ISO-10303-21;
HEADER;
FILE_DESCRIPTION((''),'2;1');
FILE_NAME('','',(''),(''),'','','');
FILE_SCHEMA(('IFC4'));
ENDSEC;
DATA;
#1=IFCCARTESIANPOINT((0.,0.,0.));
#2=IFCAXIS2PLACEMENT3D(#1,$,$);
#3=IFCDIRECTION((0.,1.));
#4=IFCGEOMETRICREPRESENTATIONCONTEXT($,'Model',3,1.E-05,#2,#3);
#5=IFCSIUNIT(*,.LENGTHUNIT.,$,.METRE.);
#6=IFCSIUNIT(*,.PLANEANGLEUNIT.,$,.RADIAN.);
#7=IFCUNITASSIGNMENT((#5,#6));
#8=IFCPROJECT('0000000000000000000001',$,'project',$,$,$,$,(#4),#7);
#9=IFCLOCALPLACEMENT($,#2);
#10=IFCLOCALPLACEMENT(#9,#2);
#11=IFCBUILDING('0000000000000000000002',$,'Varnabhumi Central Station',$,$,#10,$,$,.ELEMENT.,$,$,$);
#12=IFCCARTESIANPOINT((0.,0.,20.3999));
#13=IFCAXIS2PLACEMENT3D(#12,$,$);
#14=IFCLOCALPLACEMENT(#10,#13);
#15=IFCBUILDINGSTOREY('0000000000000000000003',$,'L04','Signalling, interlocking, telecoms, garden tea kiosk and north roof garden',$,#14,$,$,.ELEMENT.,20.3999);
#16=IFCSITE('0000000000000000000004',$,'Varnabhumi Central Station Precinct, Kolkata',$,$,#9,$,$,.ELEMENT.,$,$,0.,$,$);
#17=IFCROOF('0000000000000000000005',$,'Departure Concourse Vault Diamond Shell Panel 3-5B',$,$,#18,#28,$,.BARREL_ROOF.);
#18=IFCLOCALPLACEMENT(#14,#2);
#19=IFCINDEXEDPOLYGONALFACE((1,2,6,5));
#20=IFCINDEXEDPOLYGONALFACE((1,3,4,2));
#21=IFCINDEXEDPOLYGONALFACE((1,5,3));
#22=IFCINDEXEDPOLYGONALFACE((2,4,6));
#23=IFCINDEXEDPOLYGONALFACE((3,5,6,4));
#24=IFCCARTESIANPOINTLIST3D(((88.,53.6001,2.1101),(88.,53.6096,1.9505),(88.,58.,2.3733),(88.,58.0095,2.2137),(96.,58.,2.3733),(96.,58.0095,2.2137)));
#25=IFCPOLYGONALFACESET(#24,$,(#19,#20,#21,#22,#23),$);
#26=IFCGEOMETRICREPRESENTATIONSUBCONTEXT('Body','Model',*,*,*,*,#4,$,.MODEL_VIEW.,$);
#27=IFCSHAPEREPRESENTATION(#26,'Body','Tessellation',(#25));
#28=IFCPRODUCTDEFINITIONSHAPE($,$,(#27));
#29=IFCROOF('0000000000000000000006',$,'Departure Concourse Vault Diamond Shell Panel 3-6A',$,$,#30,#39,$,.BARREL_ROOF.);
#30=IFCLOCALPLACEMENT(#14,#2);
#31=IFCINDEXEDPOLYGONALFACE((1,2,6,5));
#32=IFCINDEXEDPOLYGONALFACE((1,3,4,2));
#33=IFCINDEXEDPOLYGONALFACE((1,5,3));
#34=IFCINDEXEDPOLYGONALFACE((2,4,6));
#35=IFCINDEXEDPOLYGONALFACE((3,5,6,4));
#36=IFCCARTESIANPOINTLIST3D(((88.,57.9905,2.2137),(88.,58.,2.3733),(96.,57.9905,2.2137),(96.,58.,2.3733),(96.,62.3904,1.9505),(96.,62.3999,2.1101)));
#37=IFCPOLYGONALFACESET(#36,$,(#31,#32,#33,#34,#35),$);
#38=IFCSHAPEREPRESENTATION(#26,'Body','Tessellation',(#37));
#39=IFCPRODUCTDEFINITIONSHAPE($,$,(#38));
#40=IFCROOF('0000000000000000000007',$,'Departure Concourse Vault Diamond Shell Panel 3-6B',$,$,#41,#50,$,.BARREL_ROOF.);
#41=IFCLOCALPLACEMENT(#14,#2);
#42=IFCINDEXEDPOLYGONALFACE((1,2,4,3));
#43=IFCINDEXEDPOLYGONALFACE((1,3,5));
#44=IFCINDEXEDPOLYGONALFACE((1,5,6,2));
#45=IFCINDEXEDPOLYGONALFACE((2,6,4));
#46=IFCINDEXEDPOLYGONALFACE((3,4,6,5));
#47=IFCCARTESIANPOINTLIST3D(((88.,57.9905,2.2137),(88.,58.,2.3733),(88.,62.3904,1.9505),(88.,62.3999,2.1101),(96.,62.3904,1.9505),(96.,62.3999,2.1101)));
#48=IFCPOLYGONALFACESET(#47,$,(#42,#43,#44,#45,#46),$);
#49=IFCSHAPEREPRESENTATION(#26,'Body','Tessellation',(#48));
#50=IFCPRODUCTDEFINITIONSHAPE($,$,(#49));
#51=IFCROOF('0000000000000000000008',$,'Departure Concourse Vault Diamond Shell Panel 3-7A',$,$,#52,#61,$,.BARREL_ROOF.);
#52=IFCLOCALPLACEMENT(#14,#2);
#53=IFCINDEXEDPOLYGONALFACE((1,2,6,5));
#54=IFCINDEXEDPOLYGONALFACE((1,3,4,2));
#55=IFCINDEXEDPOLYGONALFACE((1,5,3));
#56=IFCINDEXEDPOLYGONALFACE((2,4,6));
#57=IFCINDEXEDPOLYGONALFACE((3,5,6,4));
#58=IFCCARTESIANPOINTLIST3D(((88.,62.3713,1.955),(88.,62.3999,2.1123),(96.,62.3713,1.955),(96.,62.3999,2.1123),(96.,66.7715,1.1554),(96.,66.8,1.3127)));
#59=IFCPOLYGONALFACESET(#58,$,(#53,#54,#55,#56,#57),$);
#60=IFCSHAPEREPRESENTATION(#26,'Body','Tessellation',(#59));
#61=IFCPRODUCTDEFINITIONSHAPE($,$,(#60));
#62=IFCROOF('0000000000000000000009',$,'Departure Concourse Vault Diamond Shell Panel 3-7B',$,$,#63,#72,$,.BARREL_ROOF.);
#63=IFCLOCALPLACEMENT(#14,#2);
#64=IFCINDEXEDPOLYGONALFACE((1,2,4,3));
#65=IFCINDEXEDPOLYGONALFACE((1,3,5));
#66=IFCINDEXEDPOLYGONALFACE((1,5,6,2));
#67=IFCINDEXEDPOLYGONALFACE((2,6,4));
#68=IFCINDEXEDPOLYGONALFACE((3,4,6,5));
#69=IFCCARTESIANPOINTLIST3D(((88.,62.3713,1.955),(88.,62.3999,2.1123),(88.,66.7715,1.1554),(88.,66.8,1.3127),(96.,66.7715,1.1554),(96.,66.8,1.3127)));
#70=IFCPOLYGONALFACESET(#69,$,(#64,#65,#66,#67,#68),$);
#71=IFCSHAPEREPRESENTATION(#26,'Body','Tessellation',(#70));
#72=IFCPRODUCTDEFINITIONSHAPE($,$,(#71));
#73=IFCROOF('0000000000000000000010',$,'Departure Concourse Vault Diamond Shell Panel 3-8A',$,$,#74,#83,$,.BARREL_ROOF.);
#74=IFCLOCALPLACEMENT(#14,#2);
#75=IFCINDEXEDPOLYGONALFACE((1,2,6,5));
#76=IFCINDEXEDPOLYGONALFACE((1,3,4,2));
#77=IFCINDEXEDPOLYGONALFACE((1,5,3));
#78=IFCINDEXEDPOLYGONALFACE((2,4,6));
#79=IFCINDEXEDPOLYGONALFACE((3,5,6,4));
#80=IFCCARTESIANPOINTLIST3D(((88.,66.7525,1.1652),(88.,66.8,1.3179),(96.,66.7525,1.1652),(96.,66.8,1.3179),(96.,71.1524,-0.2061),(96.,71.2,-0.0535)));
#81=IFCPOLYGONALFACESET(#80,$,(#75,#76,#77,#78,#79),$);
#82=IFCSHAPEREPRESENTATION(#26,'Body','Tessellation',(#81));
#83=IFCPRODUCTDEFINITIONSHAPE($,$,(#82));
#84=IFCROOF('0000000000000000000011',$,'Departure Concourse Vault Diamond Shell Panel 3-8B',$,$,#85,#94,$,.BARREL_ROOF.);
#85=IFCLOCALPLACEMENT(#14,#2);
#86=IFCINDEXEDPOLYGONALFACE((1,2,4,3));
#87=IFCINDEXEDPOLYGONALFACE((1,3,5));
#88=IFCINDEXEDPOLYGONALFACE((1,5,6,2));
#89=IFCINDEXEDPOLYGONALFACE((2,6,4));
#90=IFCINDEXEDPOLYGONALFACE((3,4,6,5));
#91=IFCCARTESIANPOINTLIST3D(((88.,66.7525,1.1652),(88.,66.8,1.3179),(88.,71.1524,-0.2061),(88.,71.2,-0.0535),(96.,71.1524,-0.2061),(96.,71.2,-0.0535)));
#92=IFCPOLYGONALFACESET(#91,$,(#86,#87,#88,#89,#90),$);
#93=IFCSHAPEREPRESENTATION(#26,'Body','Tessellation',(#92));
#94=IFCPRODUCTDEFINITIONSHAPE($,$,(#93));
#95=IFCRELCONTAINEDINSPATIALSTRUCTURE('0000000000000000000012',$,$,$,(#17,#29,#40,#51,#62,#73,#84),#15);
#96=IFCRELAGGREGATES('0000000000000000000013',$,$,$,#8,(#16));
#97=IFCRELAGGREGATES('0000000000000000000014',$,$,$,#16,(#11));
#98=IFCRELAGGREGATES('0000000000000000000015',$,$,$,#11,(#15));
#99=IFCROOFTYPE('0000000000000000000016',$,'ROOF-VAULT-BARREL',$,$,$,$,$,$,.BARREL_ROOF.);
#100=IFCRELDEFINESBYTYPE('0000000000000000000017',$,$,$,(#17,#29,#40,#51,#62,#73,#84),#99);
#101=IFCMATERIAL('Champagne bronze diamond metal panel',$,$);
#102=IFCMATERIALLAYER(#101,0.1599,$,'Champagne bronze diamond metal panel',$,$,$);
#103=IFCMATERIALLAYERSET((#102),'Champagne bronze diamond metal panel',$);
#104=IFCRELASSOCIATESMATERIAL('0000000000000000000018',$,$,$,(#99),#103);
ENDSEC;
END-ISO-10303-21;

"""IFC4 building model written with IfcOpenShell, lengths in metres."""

from ifc_helpers import new_model, si_unit, direction, frame, origin, place, context, subcontext, project, spatial, polyline, outline, extrude, material, layer, layer_set, type_object, element, save


model = new_model("IFC4")

# Units and contexts
model_context = context("Model", 3, precision=1e-05, world=origin(), true_north=direction((0.0, 1.0)))
body_context = subcontext(model_context, "Body", "Model", "MODEL_VIEW")
ifc_project = project(units=[si_unit("LENGTHUNIT", "METRE"), si_unit("PLANEANGLEUNIT", "RADIAN")], contexts=[model_context])

# Site, building, storey
site_placement = place(None, origin())
site = spatial("IfcSite", under=ifc_project, at=site_placement, Name="Varnabhumi Central Station Precinct, Kolkata", CompositionType="ELEMENT", RefElevation=0.0)
building_placement = place(site_placement, origin())
building = spatial("IfcBuilding", under=site, at=building_placement, Name="Varnabhumi Central Station", CompositionType="ELEMENT")
storey_placement = place(building_placement, frame((0.0, 0.0, 20.3999)))
storey = spatial("IfcBuildingStorey", under=building, at=storey_placement, Name="L04", Description="Signalling, interlocking, telecoms, garden tea kiosk and north roof garden", CompositionType="ELEMENT", Elevation=20.3999)

# Roofs
ifc_material_1 = material(Name="Champagne bronze diamond metal panel")
ifc_layer_1 = layer(ifc_material_1, 0.1599, Name="Champagne bronze diamond metal panel")
ifc_layer_set_1 = layer_set([ifc_layer_1], Name="Champagne bronze diamond metal panel")
roof_type_1 = type_object("IfcRoofType", Name="ROOF-VAULT-BARREL", PredefinedType="BARREL_ROOF", material=ifc_layer_set_1)
roof_1_placement = place(storey_placement, frame((88.0, 53.6001, 2.1101), z_axis=(0.0, -0.059709, 0.998216), x_axis=(0.875857, 0.48171, 0.028814)))
element("IfcRoof", 1, at=roof_1_placement, inside=storey, type_object=roof_type_1, Name="Departure Concourse Vault Diamond Shell Panel 3-5B", PredefinedType="BARREL_ROOF", context=body_context, shape_type="SweptSolid", body=[
    extrude(outline(polyline([(0.0, 0.0), (9.1339, 0.0), (2.1271, 3.8606), (0.0, 0.0)])), origin(), (0.0, 0.0, -1.0), 0.1599),
])
roof_2_placement = place(storey_placement, frame((88.0, 58.0, 2.3733), z_axis=(0.0, 0.059709, 0.998216), x_axis=(1.0, 0.0, 0.0)))
element("IfcRoof", 2, at=roof_2_placement, inside=storey, type_object=roof_type_1, Name="Departure Concourse Vault Diamond Shell Panel 3-6A", PredefinedType="BARREL_ROOF", context=body_context, shape_type="SweptSolid", body=[
    extrude(outline(polyline([(0.0, 0.0), (8.0, 0.0), (8.0, 4.4078), (0.0, 0.0)])), origin(), (0.0, 0.0, -1.0), 0.1599),
])
roof_3_placement = place(storey_placement, frame((88.0, 58.0, 2.3733), z_axis=(0.0, 0.059709, 0.998216), x_axis=(0.875857, 0.48171, -0.028814)))
element("IfcRoof", 3, at=roof_3_placement, inside=storey, type_object=roof_type_1, Name="Departure Concourse Vault Diamond Shell Panel 3-6B", PredefinedType="BARREL_ROOF", context=body_context, shape_type="SweptSolid", body=[
    extrude(outline(polyline([(0.0, 0.0), (9.1339, 0.0), (2.1271, 3.8606), (0.0, 0.0)])), origin(), (0.0, 0.0, -1.0), 0.1599),
])
roof_4_placement = place(storey_placement, frame((88.0, 62.3999, 2.1123), z_axis=(0.0, 0.178785, 0.983888), x_axis=(1.0, 0.0, 0.0)))
element("IfcRoof", 4, at=roof_4_placement, inside=storey, type_object=roof_type_1, Name="Departure Concourse Vault Diamond Shell Panel 3-7A", PredefinedType="BARREL_ROOF", context=body_context, shape_type="SweptSolid", body=[
    extrude(outline(polyline([(0.0, 0.0), (8.0, 0.0), (8.0, 4.4722), (0.0, 0.0)])), origin(), (0.0, 0.0, -1.0), 0.1599),
])
roof_5_placement = place(storey_placement, frame((88.0, 62.3999, 2.1123), z_axis=(0.0, 0.178785, 0.983888), x_axis=(0.872869, 0.480094, -0.087239)))
element("IfcRoof", 5, at=roof_5_placement, inside=storey, type_object=roof_type_1, Name="Departure Concourse Vault Diamond Shell Panel 3-7B", PredefinedType="BARREL_ROOF", context=body_context, shape_type="SweptSolid", body=[
    extrude(outline(polyline([(0.0, 0.0), (9.1652, 0.0), (2.1822, 3.9036), (0.0, 0.0)])), origin(), (0.0, 0.0, -1.0), 0.1599),
])
roof_6_placement = place(storey_placement, frame((88.0, 66.8, 1.3179), z_axis=(0.0, 0.297557, 0.954704), x_axis=(1.0, 0.0, 0.0)))
element("IfcRoof", 6, at=roof_6_placement, inside=storey, type_object=roof_type_1, Name="Departure Concourse Vault Diamond Shell Panel 3-8A", PredefinedType="BARREL_ROOF", context=body_context, shape_type="SweptSolid", body=[
    extrude(outline(polyline([(0.0, 0.0), (8.0, 0.0), (8.0, 4.6087), (0.0, 0.0)])), origin(), (0.0, 0.0, -1.0), 0.1599),
])
roof_7_placement = place(storey_placement, frame((88.0, 66.8, 1.3179), z_axis=(0.0, 0.297557, 0.954704), x_axis=(0.866501, 0.476565, -0.148533)))
element("IfcRoof", 7, at=roof_7_placement, inside=storey, type_object=roof_type_1, Name="Departure Concourse Vault Diamond Shell Panel 3-8B", PredefinedType="BARREL_ROOF", context=body_context, shape_type="SweptSolid", body=[
    extrude(outline(polyline([(0.0, 0.0), (9.2325, 0.0), (2.3005, 3.9934), (0.0, 0.0)])), origin(), (0.0, 0.0, -1.0), 0.1599),
])

save(model, "model.ifc")
